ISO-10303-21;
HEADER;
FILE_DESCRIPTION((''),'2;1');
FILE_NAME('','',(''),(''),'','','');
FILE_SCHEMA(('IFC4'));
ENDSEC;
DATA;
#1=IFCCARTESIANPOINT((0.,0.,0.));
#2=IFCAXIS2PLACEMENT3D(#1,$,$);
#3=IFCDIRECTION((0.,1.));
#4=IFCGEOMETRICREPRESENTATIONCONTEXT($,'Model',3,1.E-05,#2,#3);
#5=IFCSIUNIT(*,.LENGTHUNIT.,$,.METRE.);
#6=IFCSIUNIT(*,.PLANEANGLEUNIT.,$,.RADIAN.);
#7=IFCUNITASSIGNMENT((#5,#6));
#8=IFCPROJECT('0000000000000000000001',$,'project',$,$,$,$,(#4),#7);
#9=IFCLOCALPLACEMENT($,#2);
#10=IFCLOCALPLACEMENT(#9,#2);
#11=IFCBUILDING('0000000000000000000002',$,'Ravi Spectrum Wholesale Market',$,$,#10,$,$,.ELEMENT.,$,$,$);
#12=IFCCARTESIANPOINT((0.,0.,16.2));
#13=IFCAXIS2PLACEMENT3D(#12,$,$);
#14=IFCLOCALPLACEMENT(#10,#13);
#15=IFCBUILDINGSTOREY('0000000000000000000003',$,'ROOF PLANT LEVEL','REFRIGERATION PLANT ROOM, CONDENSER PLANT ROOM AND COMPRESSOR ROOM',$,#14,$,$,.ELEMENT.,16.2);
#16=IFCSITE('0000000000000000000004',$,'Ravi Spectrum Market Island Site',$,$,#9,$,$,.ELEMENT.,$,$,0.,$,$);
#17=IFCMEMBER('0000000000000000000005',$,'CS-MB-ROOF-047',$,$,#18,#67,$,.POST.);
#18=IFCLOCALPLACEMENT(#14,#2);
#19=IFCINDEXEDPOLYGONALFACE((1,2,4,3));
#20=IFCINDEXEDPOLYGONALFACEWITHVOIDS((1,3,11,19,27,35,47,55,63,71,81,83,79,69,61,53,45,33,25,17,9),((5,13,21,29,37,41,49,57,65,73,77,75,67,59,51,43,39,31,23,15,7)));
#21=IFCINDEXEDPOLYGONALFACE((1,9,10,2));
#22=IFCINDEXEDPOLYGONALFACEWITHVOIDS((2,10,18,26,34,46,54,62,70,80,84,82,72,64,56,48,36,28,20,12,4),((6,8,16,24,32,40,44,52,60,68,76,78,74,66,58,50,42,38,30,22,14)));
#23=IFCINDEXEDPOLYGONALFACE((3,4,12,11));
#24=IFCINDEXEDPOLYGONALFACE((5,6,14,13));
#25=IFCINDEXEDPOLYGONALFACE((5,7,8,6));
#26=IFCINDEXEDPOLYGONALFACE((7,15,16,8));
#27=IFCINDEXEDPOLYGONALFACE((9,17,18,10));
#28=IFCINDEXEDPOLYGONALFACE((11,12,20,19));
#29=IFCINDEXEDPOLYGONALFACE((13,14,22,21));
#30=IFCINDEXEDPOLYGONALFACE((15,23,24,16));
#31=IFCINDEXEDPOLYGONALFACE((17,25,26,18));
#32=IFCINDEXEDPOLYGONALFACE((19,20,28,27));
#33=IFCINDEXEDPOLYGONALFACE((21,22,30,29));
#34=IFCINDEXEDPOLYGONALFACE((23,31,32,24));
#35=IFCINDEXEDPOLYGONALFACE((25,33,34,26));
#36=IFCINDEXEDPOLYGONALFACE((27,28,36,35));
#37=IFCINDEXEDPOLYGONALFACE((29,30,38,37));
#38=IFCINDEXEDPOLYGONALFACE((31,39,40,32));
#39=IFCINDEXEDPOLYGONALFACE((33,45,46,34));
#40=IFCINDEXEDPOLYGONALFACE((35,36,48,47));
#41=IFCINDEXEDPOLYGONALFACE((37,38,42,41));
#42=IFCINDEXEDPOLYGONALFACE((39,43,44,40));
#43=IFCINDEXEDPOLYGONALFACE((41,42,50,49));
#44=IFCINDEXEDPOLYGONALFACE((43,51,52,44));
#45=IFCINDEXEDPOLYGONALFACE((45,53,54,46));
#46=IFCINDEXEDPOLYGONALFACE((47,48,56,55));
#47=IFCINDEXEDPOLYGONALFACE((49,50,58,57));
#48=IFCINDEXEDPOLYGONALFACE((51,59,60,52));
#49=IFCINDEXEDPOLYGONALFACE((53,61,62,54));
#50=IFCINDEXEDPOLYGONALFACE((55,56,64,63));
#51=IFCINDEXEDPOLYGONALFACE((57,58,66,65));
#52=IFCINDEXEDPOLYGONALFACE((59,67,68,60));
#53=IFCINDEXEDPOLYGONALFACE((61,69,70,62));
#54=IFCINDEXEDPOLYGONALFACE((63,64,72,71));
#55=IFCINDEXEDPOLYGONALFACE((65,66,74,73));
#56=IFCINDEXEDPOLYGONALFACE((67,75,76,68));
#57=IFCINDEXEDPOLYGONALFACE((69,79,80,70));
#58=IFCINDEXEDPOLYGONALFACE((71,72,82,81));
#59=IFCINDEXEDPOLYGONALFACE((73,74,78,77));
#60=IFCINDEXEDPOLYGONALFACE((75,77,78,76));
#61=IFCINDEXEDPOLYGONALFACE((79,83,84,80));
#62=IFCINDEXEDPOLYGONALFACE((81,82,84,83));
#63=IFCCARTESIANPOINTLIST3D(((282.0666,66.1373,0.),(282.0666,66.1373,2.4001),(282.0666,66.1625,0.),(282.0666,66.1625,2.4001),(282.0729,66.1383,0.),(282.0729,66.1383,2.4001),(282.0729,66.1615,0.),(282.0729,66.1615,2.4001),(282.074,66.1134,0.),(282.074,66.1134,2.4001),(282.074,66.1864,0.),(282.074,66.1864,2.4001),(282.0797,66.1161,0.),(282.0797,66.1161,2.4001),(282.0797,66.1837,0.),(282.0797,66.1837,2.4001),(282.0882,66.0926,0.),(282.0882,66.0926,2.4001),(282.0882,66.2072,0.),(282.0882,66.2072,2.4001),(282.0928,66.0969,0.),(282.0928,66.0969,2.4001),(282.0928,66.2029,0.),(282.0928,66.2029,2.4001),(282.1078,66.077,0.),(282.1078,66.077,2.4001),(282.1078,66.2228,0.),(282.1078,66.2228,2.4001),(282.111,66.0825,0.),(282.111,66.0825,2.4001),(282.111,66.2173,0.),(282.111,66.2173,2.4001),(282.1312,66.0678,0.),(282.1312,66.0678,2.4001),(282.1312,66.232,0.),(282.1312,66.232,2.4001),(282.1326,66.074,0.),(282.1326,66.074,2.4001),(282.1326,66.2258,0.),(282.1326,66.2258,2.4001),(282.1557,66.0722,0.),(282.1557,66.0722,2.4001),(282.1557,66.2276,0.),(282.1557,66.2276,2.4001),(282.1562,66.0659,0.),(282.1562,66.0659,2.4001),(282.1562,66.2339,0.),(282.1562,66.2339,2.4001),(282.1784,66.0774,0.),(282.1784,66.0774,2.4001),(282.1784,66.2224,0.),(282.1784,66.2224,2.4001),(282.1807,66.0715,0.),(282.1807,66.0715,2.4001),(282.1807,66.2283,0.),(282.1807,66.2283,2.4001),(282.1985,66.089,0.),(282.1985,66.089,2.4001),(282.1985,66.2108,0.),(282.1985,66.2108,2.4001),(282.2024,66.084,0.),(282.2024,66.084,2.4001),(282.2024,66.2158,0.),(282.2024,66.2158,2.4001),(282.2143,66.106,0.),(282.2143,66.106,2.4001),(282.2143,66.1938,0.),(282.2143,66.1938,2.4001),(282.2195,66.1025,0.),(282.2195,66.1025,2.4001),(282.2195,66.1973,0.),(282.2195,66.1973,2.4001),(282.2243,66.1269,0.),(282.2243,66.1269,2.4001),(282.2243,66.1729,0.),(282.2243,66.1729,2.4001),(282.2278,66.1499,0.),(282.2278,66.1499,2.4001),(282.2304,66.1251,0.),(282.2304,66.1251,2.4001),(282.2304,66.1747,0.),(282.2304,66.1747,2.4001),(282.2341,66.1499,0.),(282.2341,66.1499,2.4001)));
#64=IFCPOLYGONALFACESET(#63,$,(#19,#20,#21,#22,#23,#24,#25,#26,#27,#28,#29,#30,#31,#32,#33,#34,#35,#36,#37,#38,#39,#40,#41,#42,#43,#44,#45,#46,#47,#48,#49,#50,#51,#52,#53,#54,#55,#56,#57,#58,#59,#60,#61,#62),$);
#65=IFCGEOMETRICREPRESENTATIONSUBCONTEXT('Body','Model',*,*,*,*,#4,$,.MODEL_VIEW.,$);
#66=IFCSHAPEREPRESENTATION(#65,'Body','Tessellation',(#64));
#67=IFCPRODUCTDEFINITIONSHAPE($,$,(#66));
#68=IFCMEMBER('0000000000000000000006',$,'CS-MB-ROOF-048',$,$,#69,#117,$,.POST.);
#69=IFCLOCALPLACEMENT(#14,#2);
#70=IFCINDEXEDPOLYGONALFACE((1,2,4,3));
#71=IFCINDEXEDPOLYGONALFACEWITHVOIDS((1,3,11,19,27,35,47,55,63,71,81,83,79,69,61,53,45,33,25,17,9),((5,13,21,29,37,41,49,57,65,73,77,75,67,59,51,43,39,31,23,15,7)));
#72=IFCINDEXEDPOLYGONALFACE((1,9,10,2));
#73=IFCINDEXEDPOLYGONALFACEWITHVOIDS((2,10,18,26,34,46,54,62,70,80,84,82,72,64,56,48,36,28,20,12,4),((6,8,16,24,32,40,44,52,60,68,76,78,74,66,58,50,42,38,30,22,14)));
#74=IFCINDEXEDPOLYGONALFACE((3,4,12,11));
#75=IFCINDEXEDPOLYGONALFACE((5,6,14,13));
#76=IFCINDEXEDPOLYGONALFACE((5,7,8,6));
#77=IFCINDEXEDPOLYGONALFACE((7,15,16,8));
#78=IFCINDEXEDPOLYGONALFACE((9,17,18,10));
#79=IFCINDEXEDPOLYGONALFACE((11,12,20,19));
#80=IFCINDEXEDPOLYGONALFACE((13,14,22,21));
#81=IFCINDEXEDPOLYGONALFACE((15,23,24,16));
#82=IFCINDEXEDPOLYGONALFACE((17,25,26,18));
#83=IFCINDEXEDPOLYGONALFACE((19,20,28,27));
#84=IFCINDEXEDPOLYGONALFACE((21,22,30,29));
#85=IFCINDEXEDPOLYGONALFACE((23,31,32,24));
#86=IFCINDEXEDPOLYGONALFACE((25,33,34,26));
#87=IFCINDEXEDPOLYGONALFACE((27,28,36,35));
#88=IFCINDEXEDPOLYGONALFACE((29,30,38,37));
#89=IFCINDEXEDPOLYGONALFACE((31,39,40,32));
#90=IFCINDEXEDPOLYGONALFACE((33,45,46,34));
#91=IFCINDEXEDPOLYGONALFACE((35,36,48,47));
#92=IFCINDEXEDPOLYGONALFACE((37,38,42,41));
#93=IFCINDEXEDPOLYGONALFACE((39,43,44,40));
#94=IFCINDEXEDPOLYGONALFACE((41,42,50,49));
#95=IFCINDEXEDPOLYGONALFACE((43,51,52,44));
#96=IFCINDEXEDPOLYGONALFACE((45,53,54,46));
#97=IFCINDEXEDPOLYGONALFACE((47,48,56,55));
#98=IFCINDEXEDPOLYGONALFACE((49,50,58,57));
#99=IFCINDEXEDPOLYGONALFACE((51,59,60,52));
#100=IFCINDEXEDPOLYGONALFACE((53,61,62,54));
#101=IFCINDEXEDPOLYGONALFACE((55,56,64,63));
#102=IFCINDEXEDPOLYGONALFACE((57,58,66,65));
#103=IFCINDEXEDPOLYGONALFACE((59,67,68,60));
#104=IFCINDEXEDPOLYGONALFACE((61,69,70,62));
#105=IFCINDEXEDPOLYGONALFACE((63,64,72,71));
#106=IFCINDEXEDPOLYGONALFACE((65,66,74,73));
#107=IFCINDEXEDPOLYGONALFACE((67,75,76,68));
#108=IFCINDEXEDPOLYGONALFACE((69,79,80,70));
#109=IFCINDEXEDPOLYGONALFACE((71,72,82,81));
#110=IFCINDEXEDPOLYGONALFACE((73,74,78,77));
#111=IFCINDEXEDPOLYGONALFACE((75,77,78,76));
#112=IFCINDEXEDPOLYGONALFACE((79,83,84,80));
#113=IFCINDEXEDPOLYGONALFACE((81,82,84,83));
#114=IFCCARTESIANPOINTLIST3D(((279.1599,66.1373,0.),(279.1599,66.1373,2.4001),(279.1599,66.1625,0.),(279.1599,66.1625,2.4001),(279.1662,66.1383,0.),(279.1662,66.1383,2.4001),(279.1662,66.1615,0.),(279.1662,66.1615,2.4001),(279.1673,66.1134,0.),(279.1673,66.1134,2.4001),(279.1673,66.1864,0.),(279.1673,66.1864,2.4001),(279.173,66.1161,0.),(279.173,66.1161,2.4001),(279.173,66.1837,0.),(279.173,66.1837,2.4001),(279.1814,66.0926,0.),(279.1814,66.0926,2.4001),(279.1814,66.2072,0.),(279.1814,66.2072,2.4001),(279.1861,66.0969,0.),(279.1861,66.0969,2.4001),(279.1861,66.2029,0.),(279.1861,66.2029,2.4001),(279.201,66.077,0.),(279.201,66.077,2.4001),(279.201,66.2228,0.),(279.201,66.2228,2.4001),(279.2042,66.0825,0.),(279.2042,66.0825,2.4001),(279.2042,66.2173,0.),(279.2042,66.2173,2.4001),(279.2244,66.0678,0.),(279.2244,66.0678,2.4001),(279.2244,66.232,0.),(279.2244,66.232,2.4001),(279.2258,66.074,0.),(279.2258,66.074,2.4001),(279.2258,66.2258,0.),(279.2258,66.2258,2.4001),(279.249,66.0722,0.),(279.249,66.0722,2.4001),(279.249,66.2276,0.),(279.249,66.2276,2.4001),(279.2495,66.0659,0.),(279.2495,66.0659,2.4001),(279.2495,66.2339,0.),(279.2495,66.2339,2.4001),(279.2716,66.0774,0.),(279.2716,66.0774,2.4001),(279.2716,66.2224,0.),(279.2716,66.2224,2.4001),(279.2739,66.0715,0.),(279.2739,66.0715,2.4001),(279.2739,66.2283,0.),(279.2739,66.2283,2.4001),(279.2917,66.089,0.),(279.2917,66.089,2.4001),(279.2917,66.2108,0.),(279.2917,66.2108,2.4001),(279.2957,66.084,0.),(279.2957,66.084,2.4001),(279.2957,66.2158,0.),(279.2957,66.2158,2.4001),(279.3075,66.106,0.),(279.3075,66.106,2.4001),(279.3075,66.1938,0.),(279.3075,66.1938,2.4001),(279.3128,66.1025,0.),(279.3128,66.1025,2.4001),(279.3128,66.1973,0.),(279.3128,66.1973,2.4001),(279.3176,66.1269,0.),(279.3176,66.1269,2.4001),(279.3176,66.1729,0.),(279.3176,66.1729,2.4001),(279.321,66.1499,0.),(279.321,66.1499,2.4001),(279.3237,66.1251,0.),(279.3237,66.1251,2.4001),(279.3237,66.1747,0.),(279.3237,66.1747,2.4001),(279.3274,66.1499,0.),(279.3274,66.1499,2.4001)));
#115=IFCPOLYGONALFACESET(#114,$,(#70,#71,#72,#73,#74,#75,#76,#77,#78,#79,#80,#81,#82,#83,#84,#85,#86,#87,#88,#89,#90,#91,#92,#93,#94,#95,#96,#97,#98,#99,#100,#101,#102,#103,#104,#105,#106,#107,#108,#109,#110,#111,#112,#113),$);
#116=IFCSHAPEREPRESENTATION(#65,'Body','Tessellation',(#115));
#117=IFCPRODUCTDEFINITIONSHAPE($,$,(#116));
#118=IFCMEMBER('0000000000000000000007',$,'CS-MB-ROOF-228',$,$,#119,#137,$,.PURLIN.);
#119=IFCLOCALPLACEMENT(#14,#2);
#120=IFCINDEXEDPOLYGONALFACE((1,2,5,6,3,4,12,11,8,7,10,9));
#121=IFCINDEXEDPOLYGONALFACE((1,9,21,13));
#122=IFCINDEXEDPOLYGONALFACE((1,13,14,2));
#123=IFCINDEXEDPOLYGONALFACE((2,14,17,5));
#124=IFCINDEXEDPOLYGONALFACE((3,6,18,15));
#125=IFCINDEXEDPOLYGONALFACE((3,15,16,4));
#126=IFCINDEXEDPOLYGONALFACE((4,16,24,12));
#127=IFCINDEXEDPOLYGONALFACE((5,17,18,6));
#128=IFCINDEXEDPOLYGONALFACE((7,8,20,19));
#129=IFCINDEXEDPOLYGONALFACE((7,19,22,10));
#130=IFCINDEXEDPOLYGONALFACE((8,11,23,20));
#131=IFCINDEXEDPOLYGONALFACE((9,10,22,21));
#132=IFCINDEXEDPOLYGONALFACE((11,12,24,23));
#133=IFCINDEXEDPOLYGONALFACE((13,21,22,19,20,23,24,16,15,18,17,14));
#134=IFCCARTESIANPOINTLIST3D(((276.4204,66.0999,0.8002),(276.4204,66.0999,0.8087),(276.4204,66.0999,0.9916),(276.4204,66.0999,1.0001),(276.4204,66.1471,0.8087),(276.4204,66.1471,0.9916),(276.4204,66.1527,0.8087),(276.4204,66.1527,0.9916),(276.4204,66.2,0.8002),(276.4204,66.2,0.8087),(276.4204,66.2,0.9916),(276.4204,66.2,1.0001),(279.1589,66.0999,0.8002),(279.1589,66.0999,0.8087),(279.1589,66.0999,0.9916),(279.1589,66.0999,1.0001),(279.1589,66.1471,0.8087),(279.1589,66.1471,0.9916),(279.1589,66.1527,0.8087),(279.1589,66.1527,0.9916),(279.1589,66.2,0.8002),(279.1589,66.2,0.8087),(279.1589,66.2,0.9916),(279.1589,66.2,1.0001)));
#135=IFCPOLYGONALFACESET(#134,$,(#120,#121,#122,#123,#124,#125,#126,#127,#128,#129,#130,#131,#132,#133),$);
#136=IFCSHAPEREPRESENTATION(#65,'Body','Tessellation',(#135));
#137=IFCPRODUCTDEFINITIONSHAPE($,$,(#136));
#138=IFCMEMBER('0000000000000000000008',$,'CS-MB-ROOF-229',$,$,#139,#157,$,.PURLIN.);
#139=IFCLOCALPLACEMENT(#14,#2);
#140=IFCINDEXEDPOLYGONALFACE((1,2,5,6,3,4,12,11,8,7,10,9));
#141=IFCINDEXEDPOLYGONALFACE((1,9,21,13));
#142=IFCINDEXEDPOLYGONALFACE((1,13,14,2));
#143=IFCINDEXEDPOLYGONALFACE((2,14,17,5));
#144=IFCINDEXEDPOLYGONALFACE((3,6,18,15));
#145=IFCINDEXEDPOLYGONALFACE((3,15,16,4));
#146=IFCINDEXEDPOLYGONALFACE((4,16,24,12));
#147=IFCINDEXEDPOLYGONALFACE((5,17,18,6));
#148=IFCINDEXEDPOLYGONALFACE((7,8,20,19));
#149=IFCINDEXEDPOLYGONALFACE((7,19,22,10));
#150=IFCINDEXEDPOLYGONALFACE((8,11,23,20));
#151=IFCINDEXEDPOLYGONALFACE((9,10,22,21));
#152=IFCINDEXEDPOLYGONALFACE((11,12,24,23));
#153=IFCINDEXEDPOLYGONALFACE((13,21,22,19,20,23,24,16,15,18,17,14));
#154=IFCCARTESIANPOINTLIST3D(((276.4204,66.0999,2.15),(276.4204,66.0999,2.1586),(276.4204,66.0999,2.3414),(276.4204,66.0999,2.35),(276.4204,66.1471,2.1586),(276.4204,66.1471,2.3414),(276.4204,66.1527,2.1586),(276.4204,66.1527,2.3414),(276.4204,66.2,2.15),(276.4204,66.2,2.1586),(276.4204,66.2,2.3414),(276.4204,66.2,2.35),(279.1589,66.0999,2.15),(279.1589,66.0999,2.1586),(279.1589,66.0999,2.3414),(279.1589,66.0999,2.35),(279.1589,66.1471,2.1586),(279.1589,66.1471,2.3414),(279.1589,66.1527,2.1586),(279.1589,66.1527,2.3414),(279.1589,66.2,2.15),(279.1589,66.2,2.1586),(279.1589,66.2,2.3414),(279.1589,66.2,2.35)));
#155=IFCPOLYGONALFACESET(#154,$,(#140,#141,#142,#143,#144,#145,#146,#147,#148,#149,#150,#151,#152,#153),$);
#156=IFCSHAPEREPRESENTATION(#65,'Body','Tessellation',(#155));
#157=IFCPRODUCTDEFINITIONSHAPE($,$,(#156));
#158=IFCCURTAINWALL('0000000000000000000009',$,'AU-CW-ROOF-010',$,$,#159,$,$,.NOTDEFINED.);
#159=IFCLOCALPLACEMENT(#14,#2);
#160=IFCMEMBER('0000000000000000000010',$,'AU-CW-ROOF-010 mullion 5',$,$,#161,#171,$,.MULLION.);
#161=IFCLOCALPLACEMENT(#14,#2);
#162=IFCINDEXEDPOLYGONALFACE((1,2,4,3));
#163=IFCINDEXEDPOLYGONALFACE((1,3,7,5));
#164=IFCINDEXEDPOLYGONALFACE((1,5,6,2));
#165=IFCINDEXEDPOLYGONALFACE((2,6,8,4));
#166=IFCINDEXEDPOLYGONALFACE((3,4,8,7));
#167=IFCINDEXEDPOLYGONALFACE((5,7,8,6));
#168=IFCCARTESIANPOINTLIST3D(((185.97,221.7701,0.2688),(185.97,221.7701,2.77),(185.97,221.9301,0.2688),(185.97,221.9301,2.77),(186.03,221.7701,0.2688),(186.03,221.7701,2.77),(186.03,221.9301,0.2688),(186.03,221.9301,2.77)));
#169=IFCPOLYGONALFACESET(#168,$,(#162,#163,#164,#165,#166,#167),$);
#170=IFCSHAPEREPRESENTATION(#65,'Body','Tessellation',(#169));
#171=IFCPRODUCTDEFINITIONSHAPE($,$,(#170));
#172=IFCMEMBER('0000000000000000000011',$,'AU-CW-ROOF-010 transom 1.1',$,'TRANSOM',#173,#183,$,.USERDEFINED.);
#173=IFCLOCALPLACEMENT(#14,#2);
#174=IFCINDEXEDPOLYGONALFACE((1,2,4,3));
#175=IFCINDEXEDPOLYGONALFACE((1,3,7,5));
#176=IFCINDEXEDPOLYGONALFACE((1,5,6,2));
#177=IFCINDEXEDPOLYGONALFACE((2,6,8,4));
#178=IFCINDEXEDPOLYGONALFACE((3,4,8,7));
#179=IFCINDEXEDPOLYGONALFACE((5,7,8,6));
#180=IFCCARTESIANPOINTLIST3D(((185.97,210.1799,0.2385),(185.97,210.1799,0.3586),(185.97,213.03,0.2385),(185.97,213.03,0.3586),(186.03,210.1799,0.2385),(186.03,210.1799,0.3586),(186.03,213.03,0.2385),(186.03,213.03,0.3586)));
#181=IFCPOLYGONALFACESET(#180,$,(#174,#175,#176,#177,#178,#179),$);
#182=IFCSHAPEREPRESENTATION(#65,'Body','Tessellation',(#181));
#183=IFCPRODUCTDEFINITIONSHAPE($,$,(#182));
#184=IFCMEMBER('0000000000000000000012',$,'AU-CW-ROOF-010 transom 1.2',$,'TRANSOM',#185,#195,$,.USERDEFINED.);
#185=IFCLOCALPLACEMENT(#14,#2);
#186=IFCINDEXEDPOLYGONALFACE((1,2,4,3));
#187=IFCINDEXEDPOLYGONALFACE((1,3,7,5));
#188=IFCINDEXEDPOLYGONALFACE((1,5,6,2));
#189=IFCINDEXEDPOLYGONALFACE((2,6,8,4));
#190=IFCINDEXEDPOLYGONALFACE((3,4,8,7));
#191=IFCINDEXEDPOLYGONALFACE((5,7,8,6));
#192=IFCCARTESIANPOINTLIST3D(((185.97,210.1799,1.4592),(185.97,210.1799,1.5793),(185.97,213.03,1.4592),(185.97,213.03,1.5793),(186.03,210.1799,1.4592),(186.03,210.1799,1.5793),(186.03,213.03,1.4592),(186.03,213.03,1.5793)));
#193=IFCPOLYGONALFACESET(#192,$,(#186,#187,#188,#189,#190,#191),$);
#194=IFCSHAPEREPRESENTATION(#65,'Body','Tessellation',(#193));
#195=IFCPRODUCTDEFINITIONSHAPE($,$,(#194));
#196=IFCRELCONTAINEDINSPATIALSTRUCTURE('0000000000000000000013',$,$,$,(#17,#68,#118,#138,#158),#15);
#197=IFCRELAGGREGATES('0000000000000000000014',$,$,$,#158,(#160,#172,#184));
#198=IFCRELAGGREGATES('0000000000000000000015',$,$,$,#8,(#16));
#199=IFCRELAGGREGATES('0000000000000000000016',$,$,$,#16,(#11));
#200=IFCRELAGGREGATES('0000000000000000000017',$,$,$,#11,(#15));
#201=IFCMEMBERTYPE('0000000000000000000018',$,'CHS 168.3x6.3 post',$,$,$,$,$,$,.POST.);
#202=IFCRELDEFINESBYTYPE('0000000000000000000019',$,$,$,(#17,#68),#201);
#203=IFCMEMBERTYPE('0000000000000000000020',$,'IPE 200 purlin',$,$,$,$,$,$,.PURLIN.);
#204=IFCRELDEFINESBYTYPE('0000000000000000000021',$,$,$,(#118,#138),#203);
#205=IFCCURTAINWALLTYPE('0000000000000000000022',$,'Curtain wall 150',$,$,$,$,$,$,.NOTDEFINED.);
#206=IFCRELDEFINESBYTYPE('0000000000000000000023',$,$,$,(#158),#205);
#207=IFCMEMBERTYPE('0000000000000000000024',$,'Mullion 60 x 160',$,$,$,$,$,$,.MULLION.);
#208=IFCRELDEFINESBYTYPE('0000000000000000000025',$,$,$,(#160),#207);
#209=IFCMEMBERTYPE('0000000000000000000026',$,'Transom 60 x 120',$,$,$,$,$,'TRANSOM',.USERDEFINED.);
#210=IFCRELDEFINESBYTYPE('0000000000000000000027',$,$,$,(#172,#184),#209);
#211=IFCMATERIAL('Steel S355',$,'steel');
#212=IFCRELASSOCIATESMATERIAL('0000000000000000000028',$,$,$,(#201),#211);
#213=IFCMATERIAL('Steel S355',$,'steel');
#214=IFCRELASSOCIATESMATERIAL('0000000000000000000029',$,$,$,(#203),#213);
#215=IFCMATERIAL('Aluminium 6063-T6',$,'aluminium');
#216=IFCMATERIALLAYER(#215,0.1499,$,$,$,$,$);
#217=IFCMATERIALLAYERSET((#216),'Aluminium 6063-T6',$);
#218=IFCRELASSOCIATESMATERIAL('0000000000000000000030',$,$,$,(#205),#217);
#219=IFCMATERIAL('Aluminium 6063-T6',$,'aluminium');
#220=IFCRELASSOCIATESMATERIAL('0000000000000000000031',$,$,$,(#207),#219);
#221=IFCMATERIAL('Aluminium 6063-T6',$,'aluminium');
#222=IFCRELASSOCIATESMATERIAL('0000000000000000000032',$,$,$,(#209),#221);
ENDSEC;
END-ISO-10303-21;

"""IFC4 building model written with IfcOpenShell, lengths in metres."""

from ifc_helpers import new_model, si_unit, direction, frame, origin, origin_2d, place, context, subcontext, project, spatial, rectangle, hollow_circle, i_section, extrude, material, layer, layer_set, material_profile, profile_set, type_object, element, aggregate, save


model = new_model("IFC4")

# Units and contexts
model_context = context("Model", 3, precision=1e-05, world=origin(), true_north=direction((0.0, 1.0)))
body_context = subcontext(model_context, "Body", "Model", "MODEL_VIEW")
ifc_project = project(units=[si_unit("LENGTHUNIT", "METRE"), si_unit("PLANEANGLEUNIT", "RADIAN")], contexts=[model_context])

# Site, building, storey
site_placement = place(None, origin())
site = spatial("IfcSite", under=ifc_project, at=site_placement, Name="Ravi Spectrum Market Island Site", CompositionType="ELEMENT", RefElevation=0.0)
building_placement = place(site_placement, origin())
building = spatial("IfcBuilding", under=site, at=building_placement, Name="Ravi Spectrum Wholesale Market", CompositionType="ELEMENT")
storey_placement = place(building_placement, frame((0.0, 0.0, 16.2)))
storey = spatial("IfcBuildingStorey", under=building, at=storey_placement, Name="ROOF PLANT LEVEL", Description="REFRIGERATION PLANT ROOM, CONDENSER PLANT ROOM AND COMPRESSOR ROOM", CompositionType="ELEMENT", Elevation=16.2)

# Members
ifc_material_1 = material(Name="Steel S355", Category="steel")
ifc_material_profile_1 = material_profile(ifc_material_1, hollow_circle(Radius=0.0842, WallThickness=0.0063, at=origin_2d()))
ifc_profile_set_1 = profile_set([ifc_material_profile_1], Name="Steel S355")
member_type_1 = type_object("IfcMemberType", Name="CHS 168.3x6.3 post", PredefinedType="POST", material=ifc_profile_set_1)
for number, where, z_axis, x_axis, name in (
    (1, (282.1499, 66.1499, 0.0), (0.0, 0.0, 1.0), (1.0, 0.0, 0.0), "CS-MB-ROOF-047"),
    (2, (279.2432, 66.1499, 0.0), (0.0, 0.0, 1.0), (1.0, 0.0, 0.0), "CS-MB-ROOF-048"),
):
    element("IfcMember", number, at=place(storey_placement, frame(where, z_axis=z_axis, x_axis=x_axis)), inside=storey, type_object=member_type_1, Name=name, PredefinedType="POST", context=body_context, shape_type="SweptSolid", body=[
        extrude(hollow_circle(Radius=0.0842, WallThickness=0.0063, at=origin_2d()), origin(), (0.0, 0.0, 1.0), 2.4001),
    ])
ifc_material_2 = material(Name="Steel S355", Category="steel")
ifc_material_profile_2 = material_profile(ifc_material_2, i_section(OverallWidth=0.1001, OverallDepth=0.2, WebThickness=0.0056, FlangeThickness=0.0085, at=origin_2d()))
ifc_profile_set_2 = profile_set([ifc_material_profile_2], Name="Steel S355")
member_type_2 = type_object("IfcMemberType", Name="IPE 200 purlin", PredefinedType="PURLIN", material=ifc_profile_set_2)
for number, where, z_axis, x_axis, name in (
    (3, (279.1589, 66.1499, 0.9001), (-1.0, 0.0, 0.0), (0.0, -1.0, 0.0), "CS-MB-ROOF-228"),
    (4, (279.1589, 66.1499, 2.25), (-1.0, 0.0, 0.0), (0.0, -1.0, 0.0), "CS-MB-ROOF-229"),
):
    element("IfcMember", number, at=place(storey_placement, frame(where, z_axis=z_axis, x_axis=x_axis)), inside=storey, type_object=member_type_2, Name=name, PredefinedType="PURLIN", context=body_context, shape_type="SweptSolid", body=[
        extrude(i_section(OverallWidth=0.1001, OverallDepth=0.2, WebThickness=0.0056, FlangeThickness=0.0085, at=origin_2d()), origin(), (0.0, 0.0, 1.0), 2.7385),
    ])

# Curtain wall, members
ifc_material_3 = material(Name="Aluminium 6063-T6", Category="aluminium")
ifc_layer_1 = layer(ifc_material_3, 0.1499)
ifc_layer_set_1 = layer_set([ifc_layer_1], Name="Aluminium 6063-T6")
curtain_wall_type = type_object("IfcCurtainWallType", Name="Curtain wall 150", PredefinedType="NOTDEFINED", material=ifc_layer_set_1)
curtain_wall_placement = place(storey_placement, origin())
curtain_wall = element("IfcCurtainWall", 5, at=curtain_wall_placement, inside=storey, type_object=curtain_wall_type, Name="AU-CW-ROOF-010", PredefinedType="NOTDEFINED")
ifc_material_4 = material(Name="Aluminium 6063-T6", Category="aluminium")
ifc_material_profile_3 = material_profile(ifc_material_4, rectangle(XDim=0.0601, YDim=0.1599, at=origin_2d()))
ifc_profile_set_3 = profile_set([ifc_material_profile_3], Name="Aluminium 6063-T6")
member_type_3 = type_object("IfcMemberType", Name="Mullion 60 x 160", PredefinedType="MULLION", material=ifc_profile_set_3)
member_1_placement = place(storey_placement, frame((186.0, 221.8501, 0.2688), z_axis=(0.0, 0.0, 1.0), x_axis=(-1.0, 0.0, 0.0)))
member_1 = element("IfcMember", 6, at=member_1_placement, type_object=member_type_3, Name="AU-CW-ROOF-010 mullion 5", PredefinedType="MULLION", context=body_context, shape_type="SweptSolid", body=[
    extrude(rectangle(XDim=0.0601, YDim=0.1599, at=origin_2d()), origin(), (0.0, 0.0, 1.0), 2.5012),
])
ifc_material_5 = material(Name="Aluminium 6063-T6", Category="aluminium")
ifc_material_profile_4 = material_profile(ifc_material_5, rectangle(XDim=0.0601, YDim=0.1201, at=origin_2d()))
ifc_profile_set_4 = profile_set([ifc_material_profile_4], Name="Aluminium 6063-T6")
member_type_4 = type_object("IfcMemberType", Name="Transom 60 x 120", ElementType="TRANSOM", PredefinedType="USERDEFINED", material=ifc_profile_set_4)
member_2_placement = place(storey_placement, frame((186.0, 210.1799, 0.2986), z_axis=(0.0, 1.0, 0.0), x_axis=(-1.0, 0.0, 0.0)))
member_2 = element("IfcMember", 7, at=member_2_placement, type_object=member_type_4, Name="AU-CW-ROOF-010 transom 1.1", ObjectType="TRANSOM", PredefinedType="USERDEFINED", context=body_context, shape_type="SweptSolid", body=[
    extrude(rectangle(XDim=0.0601, YDim=0.1201, at=origin_2d()), origin(), (0.0, 0.0, 1.0), 2.8501),
])
member_3_placement = place(storey_placement, frame((186.0, 210.1799, 1.5193), z_axis=(0.0, 1.0, 0.0), x_axis=(-1.0, 0.0, 0.0)))
member_3 = element("IfcMember", 8, at=member_3_placement, type_object=member_type_4, Name="AU-CW-ROOF-010 transom 1.2", ObjectType="TRANSOM", PredefinedType="USERDEFINED", context=body_context, shape_type="SweptSolid", body=[
    extrude(rectangle(XDim=0.0601, YDim=0.1201, at=origin_2d()), origin(), (0.0, 0.0, 1.0), 2.8501),
])
aggregate(curtain_wall, [member_1, member_2, member_3])

save(model, "model.ifc")
